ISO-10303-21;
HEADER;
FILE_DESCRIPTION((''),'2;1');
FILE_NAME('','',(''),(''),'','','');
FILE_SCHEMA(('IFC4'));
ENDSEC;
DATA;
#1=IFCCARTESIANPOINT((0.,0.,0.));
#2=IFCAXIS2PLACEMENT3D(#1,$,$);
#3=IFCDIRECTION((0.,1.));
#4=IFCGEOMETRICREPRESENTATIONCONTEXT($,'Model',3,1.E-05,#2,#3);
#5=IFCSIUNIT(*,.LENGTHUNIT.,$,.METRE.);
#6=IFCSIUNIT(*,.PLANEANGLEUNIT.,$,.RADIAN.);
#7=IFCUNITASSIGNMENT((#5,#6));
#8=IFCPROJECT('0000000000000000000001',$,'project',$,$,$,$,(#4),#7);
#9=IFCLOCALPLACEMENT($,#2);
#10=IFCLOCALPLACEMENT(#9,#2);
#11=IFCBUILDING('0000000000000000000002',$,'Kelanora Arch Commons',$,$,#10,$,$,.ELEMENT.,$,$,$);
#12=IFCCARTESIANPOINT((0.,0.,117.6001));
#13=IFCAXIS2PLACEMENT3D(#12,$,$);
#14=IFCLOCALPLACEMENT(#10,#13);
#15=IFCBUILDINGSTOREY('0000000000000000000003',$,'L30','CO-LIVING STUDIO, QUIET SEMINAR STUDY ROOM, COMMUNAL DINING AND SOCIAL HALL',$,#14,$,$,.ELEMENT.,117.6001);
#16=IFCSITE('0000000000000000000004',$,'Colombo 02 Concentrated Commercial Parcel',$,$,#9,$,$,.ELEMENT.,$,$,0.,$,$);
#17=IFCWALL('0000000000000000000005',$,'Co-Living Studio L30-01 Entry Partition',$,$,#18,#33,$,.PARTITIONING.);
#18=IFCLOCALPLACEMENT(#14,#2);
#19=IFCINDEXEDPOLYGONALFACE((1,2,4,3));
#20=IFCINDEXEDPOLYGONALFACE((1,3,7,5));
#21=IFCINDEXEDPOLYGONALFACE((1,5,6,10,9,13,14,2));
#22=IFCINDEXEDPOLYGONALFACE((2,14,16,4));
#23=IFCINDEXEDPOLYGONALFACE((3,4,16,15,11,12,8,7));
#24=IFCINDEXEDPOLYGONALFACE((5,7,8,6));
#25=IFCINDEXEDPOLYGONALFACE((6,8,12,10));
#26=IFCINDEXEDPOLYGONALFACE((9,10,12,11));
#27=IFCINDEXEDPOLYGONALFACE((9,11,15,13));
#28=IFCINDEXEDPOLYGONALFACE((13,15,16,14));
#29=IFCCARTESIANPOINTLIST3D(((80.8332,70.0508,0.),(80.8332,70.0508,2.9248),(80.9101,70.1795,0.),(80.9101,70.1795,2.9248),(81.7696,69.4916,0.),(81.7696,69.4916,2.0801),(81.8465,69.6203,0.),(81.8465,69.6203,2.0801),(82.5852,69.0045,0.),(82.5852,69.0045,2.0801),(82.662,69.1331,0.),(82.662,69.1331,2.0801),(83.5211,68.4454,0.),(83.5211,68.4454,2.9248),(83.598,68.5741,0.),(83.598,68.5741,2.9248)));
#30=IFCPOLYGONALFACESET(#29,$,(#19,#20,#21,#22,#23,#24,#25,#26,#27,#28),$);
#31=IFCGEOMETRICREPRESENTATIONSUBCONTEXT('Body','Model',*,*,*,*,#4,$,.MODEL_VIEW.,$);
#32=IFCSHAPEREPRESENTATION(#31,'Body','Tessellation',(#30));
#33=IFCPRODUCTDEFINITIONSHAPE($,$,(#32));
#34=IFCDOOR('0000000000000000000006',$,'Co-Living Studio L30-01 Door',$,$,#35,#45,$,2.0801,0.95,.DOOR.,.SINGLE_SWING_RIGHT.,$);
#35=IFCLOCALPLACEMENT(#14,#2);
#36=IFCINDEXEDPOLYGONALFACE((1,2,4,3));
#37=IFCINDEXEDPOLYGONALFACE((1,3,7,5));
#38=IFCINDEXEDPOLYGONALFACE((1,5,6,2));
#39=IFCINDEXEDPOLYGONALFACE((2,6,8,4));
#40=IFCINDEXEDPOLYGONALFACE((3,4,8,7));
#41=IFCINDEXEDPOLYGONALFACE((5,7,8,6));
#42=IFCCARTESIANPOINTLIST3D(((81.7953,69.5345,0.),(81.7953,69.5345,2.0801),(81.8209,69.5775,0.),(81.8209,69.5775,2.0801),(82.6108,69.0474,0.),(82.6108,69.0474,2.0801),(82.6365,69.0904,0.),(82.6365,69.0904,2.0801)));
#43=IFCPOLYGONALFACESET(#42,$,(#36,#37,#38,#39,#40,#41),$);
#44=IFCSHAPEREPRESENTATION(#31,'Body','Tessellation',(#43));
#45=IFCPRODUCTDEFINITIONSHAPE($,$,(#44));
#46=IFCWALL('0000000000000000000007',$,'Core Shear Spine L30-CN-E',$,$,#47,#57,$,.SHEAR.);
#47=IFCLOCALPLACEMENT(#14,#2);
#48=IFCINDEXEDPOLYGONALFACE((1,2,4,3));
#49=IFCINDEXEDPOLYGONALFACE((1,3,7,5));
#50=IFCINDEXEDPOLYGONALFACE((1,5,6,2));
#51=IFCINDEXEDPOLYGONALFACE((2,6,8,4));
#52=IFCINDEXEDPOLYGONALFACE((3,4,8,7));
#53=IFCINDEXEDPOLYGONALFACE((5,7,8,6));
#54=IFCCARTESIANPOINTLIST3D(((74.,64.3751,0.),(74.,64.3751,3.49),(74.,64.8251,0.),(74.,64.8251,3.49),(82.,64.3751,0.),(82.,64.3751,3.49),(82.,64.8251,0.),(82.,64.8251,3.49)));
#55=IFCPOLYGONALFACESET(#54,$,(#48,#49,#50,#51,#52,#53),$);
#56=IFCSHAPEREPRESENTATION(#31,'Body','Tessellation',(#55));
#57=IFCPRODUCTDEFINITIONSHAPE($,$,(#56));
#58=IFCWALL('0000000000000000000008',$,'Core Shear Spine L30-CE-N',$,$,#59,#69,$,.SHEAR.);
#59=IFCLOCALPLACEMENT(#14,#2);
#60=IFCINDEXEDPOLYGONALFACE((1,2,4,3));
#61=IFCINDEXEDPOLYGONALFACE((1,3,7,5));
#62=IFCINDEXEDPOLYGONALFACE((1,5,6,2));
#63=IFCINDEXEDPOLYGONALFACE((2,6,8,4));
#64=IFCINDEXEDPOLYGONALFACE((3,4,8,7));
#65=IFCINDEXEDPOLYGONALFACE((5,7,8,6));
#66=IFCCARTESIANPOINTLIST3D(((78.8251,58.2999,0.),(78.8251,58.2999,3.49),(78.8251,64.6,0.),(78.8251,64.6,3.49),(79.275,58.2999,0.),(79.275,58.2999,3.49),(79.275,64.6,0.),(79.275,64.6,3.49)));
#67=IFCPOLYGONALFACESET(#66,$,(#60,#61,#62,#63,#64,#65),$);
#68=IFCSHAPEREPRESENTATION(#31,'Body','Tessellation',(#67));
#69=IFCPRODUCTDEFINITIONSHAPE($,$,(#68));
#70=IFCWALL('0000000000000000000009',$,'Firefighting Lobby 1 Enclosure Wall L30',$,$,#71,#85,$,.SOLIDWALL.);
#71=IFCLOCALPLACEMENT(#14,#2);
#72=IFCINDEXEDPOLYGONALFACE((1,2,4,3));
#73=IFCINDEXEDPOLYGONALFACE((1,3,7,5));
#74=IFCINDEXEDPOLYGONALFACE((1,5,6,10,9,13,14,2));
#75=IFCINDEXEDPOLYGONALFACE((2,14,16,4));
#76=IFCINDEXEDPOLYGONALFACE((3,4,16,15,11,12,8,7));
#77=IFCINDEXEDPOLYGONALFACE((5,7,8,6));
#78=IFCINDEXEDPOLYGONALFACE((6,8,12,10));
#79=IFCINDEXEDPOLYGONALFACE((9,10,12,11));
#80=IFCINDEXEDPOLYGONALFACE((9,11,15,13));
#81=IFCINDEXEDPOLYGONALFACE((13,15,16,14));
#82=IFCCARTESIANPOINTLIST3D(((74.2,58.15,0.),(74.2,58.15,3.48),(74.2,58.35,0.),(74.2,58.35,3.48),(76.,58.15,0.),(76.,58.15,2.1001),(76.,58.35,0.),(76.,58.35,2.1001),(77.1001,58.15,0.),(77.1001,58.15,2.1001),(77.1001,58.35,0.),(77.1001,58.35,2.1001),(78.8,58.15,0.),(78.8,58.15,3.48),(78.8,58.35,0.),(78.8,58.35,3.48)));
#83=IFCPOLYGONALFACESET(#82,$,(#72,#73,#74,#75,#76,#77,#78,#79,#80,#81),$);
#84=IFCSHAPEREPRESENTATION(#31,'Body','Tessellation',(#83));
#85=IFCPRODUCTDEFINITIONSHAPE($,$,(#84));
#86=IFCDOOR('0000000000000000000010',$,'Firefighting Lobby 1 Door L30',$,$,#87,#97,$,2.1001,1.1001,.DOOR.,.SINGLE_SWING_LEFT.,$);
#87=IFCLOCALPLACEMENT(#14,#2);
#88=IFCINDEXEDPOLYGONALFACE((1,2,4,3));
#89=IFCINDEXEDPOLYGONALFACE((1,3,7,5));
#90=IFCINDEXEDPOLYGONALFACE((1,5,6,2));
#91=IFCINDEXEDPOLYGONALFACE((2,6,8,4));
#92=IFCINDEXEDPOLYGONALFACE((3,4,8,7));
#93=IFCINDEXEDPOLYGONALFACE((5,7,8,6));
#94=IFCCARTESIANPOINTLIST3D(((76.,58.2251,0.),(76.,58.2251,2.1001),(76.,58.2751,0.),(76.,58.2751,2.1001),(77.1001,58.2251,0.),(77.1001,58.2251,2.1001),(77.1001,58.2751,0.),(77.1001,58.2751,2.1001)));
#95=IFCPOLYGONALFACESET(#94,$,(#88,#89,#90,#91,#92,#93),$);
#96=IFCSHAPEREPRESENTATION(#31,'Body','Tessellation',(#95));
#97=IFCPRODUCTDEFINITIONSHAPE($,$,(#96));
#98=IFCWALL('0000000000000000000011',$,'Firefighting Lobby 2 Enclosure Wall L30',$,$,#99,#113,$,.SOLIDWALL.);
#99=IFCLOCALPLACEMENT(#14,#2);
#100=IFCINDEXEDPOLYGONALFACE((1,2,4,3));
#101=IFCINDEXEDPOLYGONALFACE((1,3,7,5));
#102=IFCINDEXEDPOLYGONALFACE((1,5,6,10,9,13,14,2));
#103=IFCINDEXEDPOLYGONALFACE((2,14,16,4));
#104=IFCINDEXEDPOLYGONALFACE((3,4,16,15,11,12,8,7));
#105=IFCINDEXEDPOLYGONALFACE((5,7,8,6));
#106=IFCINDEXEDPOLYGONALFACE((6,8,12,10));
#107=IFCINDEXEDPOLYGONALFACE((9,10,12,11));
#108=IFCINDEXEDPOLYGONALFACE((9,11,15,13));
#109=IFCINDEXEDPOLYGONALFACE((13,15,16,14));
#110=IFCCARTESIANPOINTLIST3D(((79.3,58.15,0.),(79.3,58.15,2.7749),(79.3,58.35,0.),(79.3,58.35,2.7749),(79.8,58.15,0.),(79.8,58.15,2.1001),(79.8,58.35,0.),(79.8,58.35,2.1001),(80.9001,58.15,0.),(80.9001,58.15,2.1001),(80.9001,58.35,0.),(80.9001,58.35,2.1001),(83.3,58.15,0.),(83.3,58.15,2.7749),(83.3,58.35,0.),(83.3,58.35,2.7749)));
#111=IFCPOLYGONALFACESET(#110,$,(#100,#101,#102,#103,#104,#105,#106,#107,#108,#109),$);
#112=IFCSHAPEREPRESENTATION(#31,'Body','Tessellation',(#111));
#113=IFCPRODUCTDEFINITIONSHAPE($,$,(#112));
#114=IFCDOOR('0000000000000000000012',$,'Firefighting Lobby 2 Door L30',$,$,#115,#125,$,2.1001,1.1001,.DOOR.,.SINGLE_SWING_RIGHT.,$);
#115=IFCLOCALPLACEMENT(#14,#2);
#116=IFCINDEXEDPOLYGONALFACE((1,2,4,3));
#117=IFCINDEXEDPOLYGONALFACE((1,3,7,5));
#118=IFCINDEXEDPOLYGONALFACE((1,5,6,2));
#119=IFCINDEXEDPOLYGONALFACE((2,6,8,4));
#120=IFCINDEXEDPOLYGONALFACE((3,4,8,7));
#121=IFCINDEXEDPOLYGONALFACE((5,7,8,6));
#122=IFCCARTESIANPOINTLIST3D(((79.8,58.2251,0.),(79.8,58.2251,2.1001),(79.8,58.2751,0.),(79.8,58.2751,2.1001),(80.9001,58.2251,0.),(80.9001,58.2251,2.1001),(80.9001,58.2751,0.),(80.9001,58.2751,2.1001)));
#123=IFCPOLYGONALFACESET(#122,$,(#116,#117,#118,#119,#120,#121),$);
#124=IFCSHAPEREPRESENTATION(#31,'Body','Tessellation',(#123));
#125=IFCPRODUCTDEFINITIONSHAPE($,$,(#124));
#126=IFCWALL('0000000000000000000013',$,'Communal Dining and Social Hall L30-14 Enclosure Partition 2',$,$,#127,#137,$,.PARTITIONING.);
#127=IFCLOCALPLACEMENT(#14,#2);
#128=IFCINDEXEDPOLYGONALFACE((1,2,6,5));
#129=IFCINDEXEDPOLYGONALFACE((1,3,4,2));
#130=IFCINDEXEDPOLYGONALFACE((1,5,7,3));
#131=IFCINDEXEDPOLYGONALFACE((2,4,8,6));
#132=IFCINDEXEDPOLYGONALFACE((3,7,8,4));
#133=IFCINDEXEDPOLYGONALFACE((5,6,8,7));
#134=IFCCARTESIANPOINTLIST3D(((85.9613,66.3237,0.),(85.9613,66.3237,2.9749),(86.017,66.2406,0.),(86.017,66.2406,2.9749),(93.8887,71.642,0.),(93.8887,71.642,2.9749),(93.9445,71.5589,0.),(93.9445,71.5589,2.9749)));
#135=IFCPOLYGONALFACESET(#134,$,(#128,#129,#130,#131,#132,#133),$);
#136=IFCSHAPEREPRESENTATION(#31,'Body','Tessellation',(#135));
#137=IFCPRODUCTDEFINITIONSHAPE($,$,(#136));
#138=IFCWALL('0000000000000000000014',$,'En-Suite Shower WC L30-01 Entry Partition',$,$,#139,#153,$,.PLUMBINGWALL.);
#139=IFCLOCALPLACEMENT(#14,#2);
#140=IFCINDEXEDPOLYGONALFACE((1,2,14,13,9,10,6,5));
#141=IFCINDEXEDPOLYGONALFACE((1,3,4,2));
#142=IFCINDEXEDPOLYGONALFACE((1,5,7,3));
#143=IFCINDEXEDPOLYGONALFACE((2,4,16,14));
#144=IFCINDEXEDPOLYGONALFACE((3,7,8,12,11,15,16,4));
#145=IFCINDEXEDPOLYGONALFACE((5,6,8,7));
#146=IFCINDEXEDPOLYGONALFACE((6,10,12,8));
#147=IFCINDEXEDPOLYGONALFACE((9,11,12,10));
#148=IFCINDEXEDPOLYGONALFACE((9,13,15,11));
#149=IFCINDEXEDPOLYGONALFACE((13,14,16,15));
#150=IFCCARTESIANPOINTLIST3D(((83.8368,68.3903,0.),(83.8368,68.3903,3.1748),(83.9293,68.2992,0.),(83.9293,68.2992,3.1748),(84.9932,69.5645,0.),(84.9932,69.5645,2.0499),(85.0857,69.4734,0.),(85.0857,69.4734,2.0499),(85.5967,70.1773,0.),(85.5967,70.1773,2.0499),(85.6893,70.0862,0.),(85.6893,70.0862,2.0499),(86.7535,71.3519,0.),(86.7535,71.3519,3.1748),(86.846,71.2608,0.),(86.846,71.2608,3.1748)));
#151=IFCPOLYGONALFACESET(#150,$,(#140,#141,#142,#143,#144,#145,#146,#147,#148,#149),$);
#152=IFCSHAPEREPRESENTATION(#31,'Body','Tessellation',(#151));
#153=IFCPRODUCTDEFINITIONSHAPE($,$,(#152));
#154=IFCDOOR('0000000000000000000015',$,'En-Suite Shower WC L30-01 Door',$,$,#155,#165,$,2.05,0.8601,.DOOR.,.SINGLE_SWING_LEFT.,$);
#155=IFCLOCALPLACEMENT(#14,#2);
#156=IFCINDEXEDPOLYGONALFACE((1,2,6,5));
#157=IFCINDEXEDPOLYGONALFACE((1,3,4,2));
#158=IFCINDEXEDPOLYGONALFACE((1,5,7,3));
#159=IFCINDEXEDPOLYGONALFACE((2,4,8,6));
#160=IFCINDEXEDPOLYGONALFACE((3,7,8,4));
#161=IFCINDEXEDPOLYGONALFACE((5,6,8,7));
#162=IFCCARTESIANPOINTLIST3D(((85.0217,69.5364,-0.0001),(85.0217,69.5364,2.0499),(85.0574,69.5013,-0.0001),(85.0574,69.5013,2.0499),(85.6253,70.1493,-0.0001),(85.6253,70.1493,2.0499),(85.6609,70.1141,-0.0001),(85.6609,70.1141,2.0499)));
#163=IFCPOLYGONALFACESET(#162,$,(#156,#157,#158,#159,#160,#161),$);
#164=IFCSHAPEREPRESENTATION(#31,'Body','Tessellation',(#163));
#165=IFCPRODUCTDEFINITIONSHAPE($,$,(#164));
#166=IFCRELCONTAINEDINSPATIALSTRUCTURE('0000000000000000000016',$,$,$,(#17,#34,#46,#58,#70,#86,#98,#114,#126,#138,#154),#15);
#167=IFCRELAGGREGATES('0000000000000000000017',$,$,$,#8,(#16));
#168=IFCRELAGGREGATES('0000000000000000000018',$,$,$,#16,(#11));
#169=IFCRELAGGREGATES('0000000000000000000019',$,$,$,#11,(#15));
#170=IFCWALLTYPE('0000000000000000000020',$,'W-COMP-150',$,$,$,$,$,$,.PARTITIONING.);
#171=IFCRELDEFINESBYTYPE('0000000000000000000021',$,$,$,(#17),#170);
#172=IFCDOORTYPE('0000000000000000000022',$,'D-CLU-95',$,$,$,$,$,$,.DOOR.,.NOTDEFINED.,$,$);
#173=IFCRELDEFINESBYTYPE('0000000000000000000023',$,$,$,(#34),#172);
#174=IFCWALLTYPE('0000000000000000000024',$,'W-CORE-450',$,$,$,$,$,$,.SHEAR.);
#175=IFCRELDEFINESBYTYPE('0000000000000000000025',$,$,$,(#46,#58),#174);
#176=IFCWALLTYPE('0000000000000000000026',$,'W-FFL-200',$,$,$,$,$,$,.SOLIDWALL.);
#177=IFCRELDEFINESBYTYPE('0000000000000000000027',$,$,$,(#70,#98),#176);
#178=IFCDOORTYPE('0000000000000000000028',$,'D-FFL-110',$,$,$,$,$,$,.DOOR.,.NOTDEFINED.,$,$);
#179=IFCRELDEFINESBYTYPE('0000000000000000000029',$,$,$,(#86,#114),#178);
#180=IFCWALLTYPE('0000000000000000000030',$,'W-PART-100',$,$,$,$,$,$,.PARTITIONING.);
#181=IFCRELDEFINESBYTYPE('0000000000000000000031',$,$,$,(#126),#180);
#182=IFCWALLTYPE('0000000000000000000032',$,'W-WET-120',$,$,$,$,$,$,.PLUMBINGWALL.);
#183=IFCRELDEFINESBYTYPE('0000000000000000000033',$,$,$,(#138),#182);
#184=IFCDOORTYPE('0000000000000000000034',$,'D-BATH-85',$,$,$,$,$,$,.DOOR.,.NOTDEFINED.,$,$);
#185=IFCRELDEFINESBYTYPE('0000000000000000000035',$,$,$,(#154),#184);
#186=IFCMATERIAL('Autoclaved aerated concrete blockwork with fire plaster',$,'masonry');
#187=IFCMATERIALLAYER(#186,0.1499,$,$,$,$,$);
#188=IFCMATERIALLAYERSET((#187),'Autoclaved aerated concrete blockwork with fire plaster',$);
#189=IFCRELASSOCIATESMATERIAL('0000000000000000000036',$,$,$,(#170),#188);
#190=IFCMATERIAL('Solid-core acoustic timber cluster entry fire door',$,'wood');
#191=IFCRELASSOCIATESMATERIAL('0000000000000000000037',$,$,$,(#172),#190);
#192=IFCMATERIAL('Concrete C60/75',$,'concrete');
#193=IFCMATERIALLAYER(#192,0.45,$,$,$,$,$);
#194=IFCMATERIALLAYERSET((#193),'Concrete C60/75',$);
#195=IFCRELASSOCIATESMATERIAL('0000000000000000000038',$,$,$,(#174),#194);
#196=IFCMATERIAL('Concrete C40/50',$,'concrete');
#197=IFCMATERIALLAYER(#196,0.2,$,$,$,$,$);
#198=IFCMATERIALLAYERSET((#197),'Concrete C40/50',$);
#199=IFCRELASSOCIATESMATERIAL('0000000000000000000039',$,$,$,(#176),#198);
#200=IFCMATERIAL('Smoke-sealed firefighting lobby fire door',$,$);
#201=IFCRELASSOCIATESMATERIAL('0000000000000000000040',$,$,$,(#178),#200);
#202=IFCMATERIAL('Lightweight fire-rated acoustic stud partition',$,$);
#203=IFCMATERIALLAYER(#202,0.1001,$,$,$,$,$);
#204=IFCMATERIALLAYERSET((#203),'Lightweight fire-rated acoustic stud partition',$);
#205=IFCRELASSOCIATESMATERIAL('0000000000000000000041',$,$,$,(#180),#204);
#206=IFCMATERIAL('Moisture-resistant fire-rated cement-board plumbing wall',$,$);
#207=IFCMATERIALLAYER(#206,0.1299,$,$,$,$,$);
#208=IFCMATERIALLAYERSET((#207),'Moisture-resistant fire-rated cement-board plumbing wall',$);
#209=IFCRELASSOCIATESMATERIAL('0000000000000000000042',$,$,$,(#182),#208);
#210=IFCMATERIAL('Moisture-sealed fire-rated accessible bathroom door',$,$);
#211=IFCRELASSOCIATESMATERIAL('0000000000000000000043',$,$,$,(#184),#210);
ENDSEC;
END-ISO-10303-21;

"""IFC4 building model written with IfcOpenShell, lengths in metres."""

from ifc_helpers import new_model, si_unit, direction, frame, frame_2d, origin, place, context, subcontext, project, spatial, rectangle, extrude, material, layer, layer_set, type_object, element, fill, save


model = new_model("IFC4")

# Units and contexts
model_context = context("Model", 3, precision=1e-05, world=origin(), true_north=direction((0.0, 1.0)))
body_context = subcontext(model_context, "Body", "Model", "MODEL_VIEW")
ifc_project = project(units=[si_unit("LENGTHUNIT", "METRE"), si_unit("PLANEANGLEUNIT", "RADIAN")], contexts=[model_context])

# Site, building, storey
site_placement = place(None, origin())
site = spatial("IfcSite", under=ifc_project, at=site_placement, Name="Colombo 02 Concentrated Commercial Parcel", CompositionType="ELEMENT", RefElevation=0.0)
building_placement = place(site_placement, origin())
building = spatial("IfcBuilding", under=site, at=building_placement, Name="Kelanora Arch Commons", CompositionType="ELEMENT")
storey_placement = place(building_placement, frame((0.0, 0.0, 117.6001)))
storey = spatial("IfcBuildingStorey", under=building, at=storey_placement, Name="L30", Description="CO-LIVING STUDIO, QUIET SEMINAR STUDY ROOM, COMMUNAL DINING AND SOCIAL HALL", CompositionType="ELEMENT", Elevation=117.6001)

# Shared definitions
ifc_material_1 = material(Name="Concrete C60/75", Category="concrete")

# Shared definitions
ifc_material_2 = material(Name="Autoclaved aerated concrete blockwork with fire plaster", Category="masonry")
ifc_layer_1 = layer(ifc_material_2, 0.1499)
ifc_layer_set_1 = layer_set([ifc_layer_1], Name="Autoclaved aerated concrete blockwork with fire plaster")
wall_type_1 = type_object("IfcWallType", Name="W-COMP-150", PredefinedType="PARTITIONING", material=ifc_layer_set_1)

# Wall, opening, door
wall_1_placement = place(storey_placement, frame((83.5596, 68.5098, 0.0), z_axis=(0.0, 0.0, 1.0), x_axis=(-0.858523, 0.512775, 0.0)))
wall_1 = element("IfcWall", 1, at=wall_1_placement, inside=storey, type_object=wall_type_1, Name="Co-Living Studio L30-01 Entry Partition", PredefinedType="PARTITIONING", context=body_context, shape_type="SweptSolid", body=[
    extrude(rectangle(XDim=3.1309, YDim=0.1499, at=frame_2d((1.5654, 0.0))), origin(), (0.0, 0.0, 1.0), 2.9248),
])
opening_1_placement = place(wall_1_placement, frame((1.0901, 0.0, 0.0)))
opening_1 = element("IfcOpeningElement", 2, at=opening_1_placement, cuts=wall_1, PredefinedType="OPENING", context=body_context, shape_type="SweptSolid", body=[
    extrude(rectangle(XDim=0.95, YDim=2.0801, at=frame_2d((0.4751, 1.04))), frame((0.0, 0.085, 0.0), z_axis=(0.0, -1.0, 0.0), x_axis=(1.0, 0.0, 0.0)), (0.0, 0.0, 1.0), 0.1699),
])
ifc_material_3 = material(Name="Solid-core acoustic timber cluster entry fire door", Category="wood")
door_type_1 = type_object("IfcDoorType", Name="D-CLU-95", OperationType="NOTDEFINED", PredefinedType="DOOR", material=ifc_material_3)
door_1_placement = place(opening_1_placement, origin())
door_1 = element("IfcDoor", 3, at=door_1_placement, inside=storey, type_object=door_type_1, Name="Co-Living Studio L30-01 Door", OperationType="SINGLE_SWING_RIGHT", OverallHeight=2.0801, OverallWidth=0.95, PredefinedType="DOOR", context=body_context, shape_type="SweptSolid", body=[
    extrude(rectangle(XDim=0.95, YDim=2.0801, at=frame_2d((0.4751, 1.04))), frame((0.0, 0.0249, 0.0), z_axis=(0.0, -1.0, 0.0), x_axis=(1.0, 0.0, 0.0)), (0.0, 0.0, 1.0), 0.05),
])
fill(opening_1, door_1)

# Walls
ifc_layer_2 = layer(ifc_material_1, 0.45)
ifc_layer_set_2 = layer_set([ifc_layer_2], Name="Concrete C60/75")
wall_type_2 = type_object("IfcWallType", Name="W-CORE-450", PredefinedType="SHEAR", material=ifc_layer_set_2)
wall_2_placement = place(storey_placement, frame((74.0, 64.6001, 0.0), z_axis=(0.0, 0.0, 1.0), x_axis=(1.0, 0.0, 0.0)))
element("IfcWall", 4, at=wall_2_placement, inside=storey, type_object=wall_type_2, Name="Core Shear Spine L30-CN-E", PredefinedType="SHEAR", context=body_context, shape_type="SweptSolid", body=[
    extrude(rectangle(XDim=8.0, YDim=0.45, at=frame_2d((4.0, 0.0))), origin(), (0.0, 0.0, 1.0), 3.49),
])
wall_3_placement = place(storey_placement, frame((79.05, 58.3, 0.0), z_axis=(0.0, 0.0, 1.0), x_axis=(0.0, 1.0, 0.0)))
element("IfcWall", 5, at=wall_3_placement, inside=storey, type_object=wall_type_2, Name="Core Shear Spine L30-CE-N", PredefinedType="SHEAR", context=body_context, shape_type="SweptSolid", body=[
    extrude(rectangle(XDim=6.3, YDim=0.45, at=frame_2d((3.1499, 0.0))), origin(), (0.0, 0.0, 1.0), 3.49),
])

# Walls, openings, doors
ifc_material_4 = material(Name="Concrete C40/50", Category="concrete")
ifc_layer_3 = layer(ifc_material_4, 0.2)
ifc_layer_set_3 = layer_set([ifc_layer_3], Name="Concrete C40/50")
wall_type_3 = type_object("IfcWallType", Name="W-FFL-200", PredefinedType="SOLIDWALL", material=ifc_layer_set_3)
wall_4_placement = place(storey_placement, frame((74.2, 58.25, 0.0), z_axis=(0.0, 0.0, 1.0), x_axis=(1.0, 0.0, 0.0)))
wall_4 = element("IfcWall", 6, at=wall_4_placement, inside=storey, type_object=wall_type_3, Name="Firefighting Lobby 1 Enclosure Wall L30", PredefinedType="SOLIDWALL", context=body_context, shape_type="SweptSolid", body=[
    extrude(rectangle(XDim=4.6001, YDim=0.2, at=frame_2d((2.3, 0.0))), origin(), (0.0, 0.0, 1.0), 3.48),
])
opening_2_placement = place(wall_4_placement, frame((1.8, 0.0, 0.0)))
opening_2 = element("IfcOpeningElement", 7, at=opening_2_placement, cuts=wall_4, PredefinedType="OPENING", context=body_context, shape_type="SweptSolid", body=[
    extrude(rectangle(XDim=1.1001, YDim=2.1001, at=frame_2d((0.55, 1.05))), frame((0.0, 0.1099, 0.0), z_axis=(0.0, -1.0, 0.0), x_axis=(1.0, 0.0, 0.0)), (0.0, 0.0, 1.0), 0.22),
])
ifc_material_5 = material(Name="Smoke-sealed firefighting lobby fire door")
door_type_2 = type_object("IfcDoorType", Name="D-FFL-110", OperationType="NOTDEFINED", PredefinedType="DOOR", material=ifc_material_5)
door_2_placement = place(opening_2_placement, frame((1.1001, 0.0, 0.0), z_axis=(0.0, 0.0, 1.0), x_axis=(-1.0, 0.0, 0.0)))
door_2 = element("IfcDoor", 8, at=door_2_placement, inside=storey, type_object=door_type_2, Name="Firefighting Lobby 1 Door L30", OperationType="SINGLE_SWING_LEFT", OverallHeight=2.1001, OverallWidth=1.1001, PredefinedType="DOOR", context=body_context, shape_type="SweptSolid", body=[
    extrude(rectangle(XDim=1.1001, YDim=2.1001, at=frame_2d((0.55, 1.05))), frame((0.0, 0.0249, 0.0), z_axis=(0.0, -1.0, 0.0), x_axis=(1.0, 0.0, 0.0)), (0.0, 0.0, 1.0), 0.05),
])
fill(opening_2, door_2)
wall_5_placement = place(storey_placement, frame((79.3, 58.25, 0.0), z_axis=(0.0, 0.0, 1.0), x_axis=(1.0, 0.0, 0.0)))
wall_5 = element("IfcWall", 9, at=wall_5_placement, inside=storey, type_object=wall_type_3, Name="Firefighting Lobby 2 Enclosure Wall L30", PredefinedType="SOLIDWALL", context=body_context, shape_type="SweptSolid", body=[
    extrude(rectangle(XDim=4.0, YDim=0.2, at=frame_2d((2.0, 0.0))), origin(), (0.0, 0.0, 1.0), 2.7749),
])
opening_3_placement = place(wall_5_placement, frame((0.5, 0.0, 0.0)))
opening_3 = element("IfcOpeningElement", 10, at=opening_3_placement, cuts=wall_5, PredefinedType="OPENING", context=body_context, shape_type="SweptSolid", body=[
    extrude(rectangle(XDim=1.1001, YDim=2.1001, at=frame_2d((0.55, 1.05))), frame((0.0, 0.1099, 0.0), z_axis=(0.0, -1.0, 0.0), x_axis=(1.0, 0.0, 0.0)), (0.0, 0.0, 1.0), 0.22),
])
door_3_placement = place(opening_3_placement, frame((1.1001, 0.0, 0.0), z_axis=(0.0, 0.0, 1.0), x_axis=(-1.0, 0.0, 0.0)))
door_3 = element("IfcDoor", 11, at=door_3_placement, inside=storey, type_object=door_type_2, Name="Firefighting Lobby 2 Door L30", OperationType="SINGLE_SWING_RIGHT", OverallHeight=2.1001, OverallWidth=1.1001, PredefinedType="DOOR", context=body_context, shape_type="SweptSolid", body=[
    extrude(rectangle(XDim=1.1001, YDim=2.1001, at=frame_2d((0.55, 1.05))), frame((0.0, 0.0249, 0.0), z_axis=(0.0, -1.0, 0.0), x_axis=(1.0, 0.0, 0.0)), (0.0, 0.0, 1.0), 0.05),
])
fill(opening_3, door_3)

# Wall
ifc_material_6 = material(Name="Lightweight fire-rated acoustic stud partition")
ifc_layer_4 = layer(ifc_material_6, 0.1001)
ifc_layer_set_4 = layer_set([ifc_layer_4], Name="Lightweight fire-rated acoustic stud partition")
wall_type_4 = type_object("IfcWallType", Name="W-PART-100", PredefinedType="PARTITIONING", material=ifc_layer_set_4)
wall_6_placement = place(storey_placement, frame((85.9893, 66.2822, 0.0), z_axis=(0.0, 0.0, 1.0), x_axis=(0.830434, 0.557118, 0.0)))
element("IfcWall", 12, at=wall_6_placement, inside=storey, type_object=wall_type_4, Name="Communal Dining and Social Hall L30-14 Enclosure Partition 2", PredefinedType="PARTITIONING", context=body_context, shape_type="SweptSolid", body=[
    extrude(rectangle(XDim=9.5461, YDim=0.1001, at=frame_2d((4.7729, 0.0))), origin(), (0.0, 0.0, 1.0), 2.9749),
])

# Wall, opening, door
ifc_material_7 = material(Name="Moisture-resistant fire-rated cement-board plumbing wall")
ifc_layer_5 = layer(ifc_material_7, 0.1299)
ifc_layer_set_5 = layer_set([ifc_layer_5], Name="Moisture-resistant fire-rated cement-board plumbing wall")
wall_type_5 = type_object("IfcWallType", Name="W-WET-120", PredefinedType="PLUMBINGWALL", material=ifc_layer_set_5)
wall_7_placement = place(storey_placement, frame((83.8831, 68.3447, 0.0), z_axis=(0.0, 0.0, 1.0), x_axis=(0.701683, 0.71249, 0.0)))
wall_7 = element("IfcWall", 13, at=wall_7_placement, inside=storey, type_object=wall_type_5, Name="En-Suite Shower WC L30-01 Entry Partition", PredefinedType="PLUMBINGWALL", context=body_context, shape_type="SweptSolid", body=[
    extrude(rectangle(XDim=4.1567, YDim=0.1299, at=frame_2d((2.0784, 0.0))), origin(), (0.0, 0.0, 1.0), 3.1748),
])
opening_4_placement = place(wall_7_placement, frame((1.6479, 0.0, 0.0)))
opening_4 = element("IfcOpeningElement", 14, at=opening_4_placement, cuts=wall_7, PredefinedType="OPENING", context=body_context, shape_type="SweptSolid", body=[
    extrude(rectangle(XDim=0.8601, YDim=2.05, at=frame_2d((0.4302, 1.0249))), frame((0.0, 0.075, 0.0), z_axis=(0.0, -1.0, 0.0), x_axis=(1.0, 0.0, 0.0)), (0.0, 0.0, 1.0), 0.1499),
])
ifc_material_8 = material(Name="Moisture-sealed fire-rated accessible bathroom door")
door_type_3 = type_object("IfcDoorType", Name="D-BATH-85", OperationType="NOTDEFINED", PredefinedType="DOOR", material=ifc_material_8)
door_4_placement = place(opening_4_placement, origin())
door_4 = element("IfcDoor", 15, at=door_4_placement, inside=storey, type_object=door_type_3, Name="En-Suite Shower WC L30-01 Door", OperationType="SINGLE_SWING_LEFT", OverallHeight=2.05, OverallWidth=0.8601, PredefinedType="DOOR", context=body_context, shape_type="SweptSolid", body=[
    extrude(rectangle(XDim=0.8601, YDim=2.05, at=frame_2d((0.4302, 1.0249))), frame((0.0, 0.0249, 0.0), z_axis=(0.0, -1.0, 0.0), x_axis=(1.0, 0.0, 0.0)), (0.0, 0.0, 1.0), 0.05),
])
fill(opening_4, door_4)

save(model, "model.ifc")
